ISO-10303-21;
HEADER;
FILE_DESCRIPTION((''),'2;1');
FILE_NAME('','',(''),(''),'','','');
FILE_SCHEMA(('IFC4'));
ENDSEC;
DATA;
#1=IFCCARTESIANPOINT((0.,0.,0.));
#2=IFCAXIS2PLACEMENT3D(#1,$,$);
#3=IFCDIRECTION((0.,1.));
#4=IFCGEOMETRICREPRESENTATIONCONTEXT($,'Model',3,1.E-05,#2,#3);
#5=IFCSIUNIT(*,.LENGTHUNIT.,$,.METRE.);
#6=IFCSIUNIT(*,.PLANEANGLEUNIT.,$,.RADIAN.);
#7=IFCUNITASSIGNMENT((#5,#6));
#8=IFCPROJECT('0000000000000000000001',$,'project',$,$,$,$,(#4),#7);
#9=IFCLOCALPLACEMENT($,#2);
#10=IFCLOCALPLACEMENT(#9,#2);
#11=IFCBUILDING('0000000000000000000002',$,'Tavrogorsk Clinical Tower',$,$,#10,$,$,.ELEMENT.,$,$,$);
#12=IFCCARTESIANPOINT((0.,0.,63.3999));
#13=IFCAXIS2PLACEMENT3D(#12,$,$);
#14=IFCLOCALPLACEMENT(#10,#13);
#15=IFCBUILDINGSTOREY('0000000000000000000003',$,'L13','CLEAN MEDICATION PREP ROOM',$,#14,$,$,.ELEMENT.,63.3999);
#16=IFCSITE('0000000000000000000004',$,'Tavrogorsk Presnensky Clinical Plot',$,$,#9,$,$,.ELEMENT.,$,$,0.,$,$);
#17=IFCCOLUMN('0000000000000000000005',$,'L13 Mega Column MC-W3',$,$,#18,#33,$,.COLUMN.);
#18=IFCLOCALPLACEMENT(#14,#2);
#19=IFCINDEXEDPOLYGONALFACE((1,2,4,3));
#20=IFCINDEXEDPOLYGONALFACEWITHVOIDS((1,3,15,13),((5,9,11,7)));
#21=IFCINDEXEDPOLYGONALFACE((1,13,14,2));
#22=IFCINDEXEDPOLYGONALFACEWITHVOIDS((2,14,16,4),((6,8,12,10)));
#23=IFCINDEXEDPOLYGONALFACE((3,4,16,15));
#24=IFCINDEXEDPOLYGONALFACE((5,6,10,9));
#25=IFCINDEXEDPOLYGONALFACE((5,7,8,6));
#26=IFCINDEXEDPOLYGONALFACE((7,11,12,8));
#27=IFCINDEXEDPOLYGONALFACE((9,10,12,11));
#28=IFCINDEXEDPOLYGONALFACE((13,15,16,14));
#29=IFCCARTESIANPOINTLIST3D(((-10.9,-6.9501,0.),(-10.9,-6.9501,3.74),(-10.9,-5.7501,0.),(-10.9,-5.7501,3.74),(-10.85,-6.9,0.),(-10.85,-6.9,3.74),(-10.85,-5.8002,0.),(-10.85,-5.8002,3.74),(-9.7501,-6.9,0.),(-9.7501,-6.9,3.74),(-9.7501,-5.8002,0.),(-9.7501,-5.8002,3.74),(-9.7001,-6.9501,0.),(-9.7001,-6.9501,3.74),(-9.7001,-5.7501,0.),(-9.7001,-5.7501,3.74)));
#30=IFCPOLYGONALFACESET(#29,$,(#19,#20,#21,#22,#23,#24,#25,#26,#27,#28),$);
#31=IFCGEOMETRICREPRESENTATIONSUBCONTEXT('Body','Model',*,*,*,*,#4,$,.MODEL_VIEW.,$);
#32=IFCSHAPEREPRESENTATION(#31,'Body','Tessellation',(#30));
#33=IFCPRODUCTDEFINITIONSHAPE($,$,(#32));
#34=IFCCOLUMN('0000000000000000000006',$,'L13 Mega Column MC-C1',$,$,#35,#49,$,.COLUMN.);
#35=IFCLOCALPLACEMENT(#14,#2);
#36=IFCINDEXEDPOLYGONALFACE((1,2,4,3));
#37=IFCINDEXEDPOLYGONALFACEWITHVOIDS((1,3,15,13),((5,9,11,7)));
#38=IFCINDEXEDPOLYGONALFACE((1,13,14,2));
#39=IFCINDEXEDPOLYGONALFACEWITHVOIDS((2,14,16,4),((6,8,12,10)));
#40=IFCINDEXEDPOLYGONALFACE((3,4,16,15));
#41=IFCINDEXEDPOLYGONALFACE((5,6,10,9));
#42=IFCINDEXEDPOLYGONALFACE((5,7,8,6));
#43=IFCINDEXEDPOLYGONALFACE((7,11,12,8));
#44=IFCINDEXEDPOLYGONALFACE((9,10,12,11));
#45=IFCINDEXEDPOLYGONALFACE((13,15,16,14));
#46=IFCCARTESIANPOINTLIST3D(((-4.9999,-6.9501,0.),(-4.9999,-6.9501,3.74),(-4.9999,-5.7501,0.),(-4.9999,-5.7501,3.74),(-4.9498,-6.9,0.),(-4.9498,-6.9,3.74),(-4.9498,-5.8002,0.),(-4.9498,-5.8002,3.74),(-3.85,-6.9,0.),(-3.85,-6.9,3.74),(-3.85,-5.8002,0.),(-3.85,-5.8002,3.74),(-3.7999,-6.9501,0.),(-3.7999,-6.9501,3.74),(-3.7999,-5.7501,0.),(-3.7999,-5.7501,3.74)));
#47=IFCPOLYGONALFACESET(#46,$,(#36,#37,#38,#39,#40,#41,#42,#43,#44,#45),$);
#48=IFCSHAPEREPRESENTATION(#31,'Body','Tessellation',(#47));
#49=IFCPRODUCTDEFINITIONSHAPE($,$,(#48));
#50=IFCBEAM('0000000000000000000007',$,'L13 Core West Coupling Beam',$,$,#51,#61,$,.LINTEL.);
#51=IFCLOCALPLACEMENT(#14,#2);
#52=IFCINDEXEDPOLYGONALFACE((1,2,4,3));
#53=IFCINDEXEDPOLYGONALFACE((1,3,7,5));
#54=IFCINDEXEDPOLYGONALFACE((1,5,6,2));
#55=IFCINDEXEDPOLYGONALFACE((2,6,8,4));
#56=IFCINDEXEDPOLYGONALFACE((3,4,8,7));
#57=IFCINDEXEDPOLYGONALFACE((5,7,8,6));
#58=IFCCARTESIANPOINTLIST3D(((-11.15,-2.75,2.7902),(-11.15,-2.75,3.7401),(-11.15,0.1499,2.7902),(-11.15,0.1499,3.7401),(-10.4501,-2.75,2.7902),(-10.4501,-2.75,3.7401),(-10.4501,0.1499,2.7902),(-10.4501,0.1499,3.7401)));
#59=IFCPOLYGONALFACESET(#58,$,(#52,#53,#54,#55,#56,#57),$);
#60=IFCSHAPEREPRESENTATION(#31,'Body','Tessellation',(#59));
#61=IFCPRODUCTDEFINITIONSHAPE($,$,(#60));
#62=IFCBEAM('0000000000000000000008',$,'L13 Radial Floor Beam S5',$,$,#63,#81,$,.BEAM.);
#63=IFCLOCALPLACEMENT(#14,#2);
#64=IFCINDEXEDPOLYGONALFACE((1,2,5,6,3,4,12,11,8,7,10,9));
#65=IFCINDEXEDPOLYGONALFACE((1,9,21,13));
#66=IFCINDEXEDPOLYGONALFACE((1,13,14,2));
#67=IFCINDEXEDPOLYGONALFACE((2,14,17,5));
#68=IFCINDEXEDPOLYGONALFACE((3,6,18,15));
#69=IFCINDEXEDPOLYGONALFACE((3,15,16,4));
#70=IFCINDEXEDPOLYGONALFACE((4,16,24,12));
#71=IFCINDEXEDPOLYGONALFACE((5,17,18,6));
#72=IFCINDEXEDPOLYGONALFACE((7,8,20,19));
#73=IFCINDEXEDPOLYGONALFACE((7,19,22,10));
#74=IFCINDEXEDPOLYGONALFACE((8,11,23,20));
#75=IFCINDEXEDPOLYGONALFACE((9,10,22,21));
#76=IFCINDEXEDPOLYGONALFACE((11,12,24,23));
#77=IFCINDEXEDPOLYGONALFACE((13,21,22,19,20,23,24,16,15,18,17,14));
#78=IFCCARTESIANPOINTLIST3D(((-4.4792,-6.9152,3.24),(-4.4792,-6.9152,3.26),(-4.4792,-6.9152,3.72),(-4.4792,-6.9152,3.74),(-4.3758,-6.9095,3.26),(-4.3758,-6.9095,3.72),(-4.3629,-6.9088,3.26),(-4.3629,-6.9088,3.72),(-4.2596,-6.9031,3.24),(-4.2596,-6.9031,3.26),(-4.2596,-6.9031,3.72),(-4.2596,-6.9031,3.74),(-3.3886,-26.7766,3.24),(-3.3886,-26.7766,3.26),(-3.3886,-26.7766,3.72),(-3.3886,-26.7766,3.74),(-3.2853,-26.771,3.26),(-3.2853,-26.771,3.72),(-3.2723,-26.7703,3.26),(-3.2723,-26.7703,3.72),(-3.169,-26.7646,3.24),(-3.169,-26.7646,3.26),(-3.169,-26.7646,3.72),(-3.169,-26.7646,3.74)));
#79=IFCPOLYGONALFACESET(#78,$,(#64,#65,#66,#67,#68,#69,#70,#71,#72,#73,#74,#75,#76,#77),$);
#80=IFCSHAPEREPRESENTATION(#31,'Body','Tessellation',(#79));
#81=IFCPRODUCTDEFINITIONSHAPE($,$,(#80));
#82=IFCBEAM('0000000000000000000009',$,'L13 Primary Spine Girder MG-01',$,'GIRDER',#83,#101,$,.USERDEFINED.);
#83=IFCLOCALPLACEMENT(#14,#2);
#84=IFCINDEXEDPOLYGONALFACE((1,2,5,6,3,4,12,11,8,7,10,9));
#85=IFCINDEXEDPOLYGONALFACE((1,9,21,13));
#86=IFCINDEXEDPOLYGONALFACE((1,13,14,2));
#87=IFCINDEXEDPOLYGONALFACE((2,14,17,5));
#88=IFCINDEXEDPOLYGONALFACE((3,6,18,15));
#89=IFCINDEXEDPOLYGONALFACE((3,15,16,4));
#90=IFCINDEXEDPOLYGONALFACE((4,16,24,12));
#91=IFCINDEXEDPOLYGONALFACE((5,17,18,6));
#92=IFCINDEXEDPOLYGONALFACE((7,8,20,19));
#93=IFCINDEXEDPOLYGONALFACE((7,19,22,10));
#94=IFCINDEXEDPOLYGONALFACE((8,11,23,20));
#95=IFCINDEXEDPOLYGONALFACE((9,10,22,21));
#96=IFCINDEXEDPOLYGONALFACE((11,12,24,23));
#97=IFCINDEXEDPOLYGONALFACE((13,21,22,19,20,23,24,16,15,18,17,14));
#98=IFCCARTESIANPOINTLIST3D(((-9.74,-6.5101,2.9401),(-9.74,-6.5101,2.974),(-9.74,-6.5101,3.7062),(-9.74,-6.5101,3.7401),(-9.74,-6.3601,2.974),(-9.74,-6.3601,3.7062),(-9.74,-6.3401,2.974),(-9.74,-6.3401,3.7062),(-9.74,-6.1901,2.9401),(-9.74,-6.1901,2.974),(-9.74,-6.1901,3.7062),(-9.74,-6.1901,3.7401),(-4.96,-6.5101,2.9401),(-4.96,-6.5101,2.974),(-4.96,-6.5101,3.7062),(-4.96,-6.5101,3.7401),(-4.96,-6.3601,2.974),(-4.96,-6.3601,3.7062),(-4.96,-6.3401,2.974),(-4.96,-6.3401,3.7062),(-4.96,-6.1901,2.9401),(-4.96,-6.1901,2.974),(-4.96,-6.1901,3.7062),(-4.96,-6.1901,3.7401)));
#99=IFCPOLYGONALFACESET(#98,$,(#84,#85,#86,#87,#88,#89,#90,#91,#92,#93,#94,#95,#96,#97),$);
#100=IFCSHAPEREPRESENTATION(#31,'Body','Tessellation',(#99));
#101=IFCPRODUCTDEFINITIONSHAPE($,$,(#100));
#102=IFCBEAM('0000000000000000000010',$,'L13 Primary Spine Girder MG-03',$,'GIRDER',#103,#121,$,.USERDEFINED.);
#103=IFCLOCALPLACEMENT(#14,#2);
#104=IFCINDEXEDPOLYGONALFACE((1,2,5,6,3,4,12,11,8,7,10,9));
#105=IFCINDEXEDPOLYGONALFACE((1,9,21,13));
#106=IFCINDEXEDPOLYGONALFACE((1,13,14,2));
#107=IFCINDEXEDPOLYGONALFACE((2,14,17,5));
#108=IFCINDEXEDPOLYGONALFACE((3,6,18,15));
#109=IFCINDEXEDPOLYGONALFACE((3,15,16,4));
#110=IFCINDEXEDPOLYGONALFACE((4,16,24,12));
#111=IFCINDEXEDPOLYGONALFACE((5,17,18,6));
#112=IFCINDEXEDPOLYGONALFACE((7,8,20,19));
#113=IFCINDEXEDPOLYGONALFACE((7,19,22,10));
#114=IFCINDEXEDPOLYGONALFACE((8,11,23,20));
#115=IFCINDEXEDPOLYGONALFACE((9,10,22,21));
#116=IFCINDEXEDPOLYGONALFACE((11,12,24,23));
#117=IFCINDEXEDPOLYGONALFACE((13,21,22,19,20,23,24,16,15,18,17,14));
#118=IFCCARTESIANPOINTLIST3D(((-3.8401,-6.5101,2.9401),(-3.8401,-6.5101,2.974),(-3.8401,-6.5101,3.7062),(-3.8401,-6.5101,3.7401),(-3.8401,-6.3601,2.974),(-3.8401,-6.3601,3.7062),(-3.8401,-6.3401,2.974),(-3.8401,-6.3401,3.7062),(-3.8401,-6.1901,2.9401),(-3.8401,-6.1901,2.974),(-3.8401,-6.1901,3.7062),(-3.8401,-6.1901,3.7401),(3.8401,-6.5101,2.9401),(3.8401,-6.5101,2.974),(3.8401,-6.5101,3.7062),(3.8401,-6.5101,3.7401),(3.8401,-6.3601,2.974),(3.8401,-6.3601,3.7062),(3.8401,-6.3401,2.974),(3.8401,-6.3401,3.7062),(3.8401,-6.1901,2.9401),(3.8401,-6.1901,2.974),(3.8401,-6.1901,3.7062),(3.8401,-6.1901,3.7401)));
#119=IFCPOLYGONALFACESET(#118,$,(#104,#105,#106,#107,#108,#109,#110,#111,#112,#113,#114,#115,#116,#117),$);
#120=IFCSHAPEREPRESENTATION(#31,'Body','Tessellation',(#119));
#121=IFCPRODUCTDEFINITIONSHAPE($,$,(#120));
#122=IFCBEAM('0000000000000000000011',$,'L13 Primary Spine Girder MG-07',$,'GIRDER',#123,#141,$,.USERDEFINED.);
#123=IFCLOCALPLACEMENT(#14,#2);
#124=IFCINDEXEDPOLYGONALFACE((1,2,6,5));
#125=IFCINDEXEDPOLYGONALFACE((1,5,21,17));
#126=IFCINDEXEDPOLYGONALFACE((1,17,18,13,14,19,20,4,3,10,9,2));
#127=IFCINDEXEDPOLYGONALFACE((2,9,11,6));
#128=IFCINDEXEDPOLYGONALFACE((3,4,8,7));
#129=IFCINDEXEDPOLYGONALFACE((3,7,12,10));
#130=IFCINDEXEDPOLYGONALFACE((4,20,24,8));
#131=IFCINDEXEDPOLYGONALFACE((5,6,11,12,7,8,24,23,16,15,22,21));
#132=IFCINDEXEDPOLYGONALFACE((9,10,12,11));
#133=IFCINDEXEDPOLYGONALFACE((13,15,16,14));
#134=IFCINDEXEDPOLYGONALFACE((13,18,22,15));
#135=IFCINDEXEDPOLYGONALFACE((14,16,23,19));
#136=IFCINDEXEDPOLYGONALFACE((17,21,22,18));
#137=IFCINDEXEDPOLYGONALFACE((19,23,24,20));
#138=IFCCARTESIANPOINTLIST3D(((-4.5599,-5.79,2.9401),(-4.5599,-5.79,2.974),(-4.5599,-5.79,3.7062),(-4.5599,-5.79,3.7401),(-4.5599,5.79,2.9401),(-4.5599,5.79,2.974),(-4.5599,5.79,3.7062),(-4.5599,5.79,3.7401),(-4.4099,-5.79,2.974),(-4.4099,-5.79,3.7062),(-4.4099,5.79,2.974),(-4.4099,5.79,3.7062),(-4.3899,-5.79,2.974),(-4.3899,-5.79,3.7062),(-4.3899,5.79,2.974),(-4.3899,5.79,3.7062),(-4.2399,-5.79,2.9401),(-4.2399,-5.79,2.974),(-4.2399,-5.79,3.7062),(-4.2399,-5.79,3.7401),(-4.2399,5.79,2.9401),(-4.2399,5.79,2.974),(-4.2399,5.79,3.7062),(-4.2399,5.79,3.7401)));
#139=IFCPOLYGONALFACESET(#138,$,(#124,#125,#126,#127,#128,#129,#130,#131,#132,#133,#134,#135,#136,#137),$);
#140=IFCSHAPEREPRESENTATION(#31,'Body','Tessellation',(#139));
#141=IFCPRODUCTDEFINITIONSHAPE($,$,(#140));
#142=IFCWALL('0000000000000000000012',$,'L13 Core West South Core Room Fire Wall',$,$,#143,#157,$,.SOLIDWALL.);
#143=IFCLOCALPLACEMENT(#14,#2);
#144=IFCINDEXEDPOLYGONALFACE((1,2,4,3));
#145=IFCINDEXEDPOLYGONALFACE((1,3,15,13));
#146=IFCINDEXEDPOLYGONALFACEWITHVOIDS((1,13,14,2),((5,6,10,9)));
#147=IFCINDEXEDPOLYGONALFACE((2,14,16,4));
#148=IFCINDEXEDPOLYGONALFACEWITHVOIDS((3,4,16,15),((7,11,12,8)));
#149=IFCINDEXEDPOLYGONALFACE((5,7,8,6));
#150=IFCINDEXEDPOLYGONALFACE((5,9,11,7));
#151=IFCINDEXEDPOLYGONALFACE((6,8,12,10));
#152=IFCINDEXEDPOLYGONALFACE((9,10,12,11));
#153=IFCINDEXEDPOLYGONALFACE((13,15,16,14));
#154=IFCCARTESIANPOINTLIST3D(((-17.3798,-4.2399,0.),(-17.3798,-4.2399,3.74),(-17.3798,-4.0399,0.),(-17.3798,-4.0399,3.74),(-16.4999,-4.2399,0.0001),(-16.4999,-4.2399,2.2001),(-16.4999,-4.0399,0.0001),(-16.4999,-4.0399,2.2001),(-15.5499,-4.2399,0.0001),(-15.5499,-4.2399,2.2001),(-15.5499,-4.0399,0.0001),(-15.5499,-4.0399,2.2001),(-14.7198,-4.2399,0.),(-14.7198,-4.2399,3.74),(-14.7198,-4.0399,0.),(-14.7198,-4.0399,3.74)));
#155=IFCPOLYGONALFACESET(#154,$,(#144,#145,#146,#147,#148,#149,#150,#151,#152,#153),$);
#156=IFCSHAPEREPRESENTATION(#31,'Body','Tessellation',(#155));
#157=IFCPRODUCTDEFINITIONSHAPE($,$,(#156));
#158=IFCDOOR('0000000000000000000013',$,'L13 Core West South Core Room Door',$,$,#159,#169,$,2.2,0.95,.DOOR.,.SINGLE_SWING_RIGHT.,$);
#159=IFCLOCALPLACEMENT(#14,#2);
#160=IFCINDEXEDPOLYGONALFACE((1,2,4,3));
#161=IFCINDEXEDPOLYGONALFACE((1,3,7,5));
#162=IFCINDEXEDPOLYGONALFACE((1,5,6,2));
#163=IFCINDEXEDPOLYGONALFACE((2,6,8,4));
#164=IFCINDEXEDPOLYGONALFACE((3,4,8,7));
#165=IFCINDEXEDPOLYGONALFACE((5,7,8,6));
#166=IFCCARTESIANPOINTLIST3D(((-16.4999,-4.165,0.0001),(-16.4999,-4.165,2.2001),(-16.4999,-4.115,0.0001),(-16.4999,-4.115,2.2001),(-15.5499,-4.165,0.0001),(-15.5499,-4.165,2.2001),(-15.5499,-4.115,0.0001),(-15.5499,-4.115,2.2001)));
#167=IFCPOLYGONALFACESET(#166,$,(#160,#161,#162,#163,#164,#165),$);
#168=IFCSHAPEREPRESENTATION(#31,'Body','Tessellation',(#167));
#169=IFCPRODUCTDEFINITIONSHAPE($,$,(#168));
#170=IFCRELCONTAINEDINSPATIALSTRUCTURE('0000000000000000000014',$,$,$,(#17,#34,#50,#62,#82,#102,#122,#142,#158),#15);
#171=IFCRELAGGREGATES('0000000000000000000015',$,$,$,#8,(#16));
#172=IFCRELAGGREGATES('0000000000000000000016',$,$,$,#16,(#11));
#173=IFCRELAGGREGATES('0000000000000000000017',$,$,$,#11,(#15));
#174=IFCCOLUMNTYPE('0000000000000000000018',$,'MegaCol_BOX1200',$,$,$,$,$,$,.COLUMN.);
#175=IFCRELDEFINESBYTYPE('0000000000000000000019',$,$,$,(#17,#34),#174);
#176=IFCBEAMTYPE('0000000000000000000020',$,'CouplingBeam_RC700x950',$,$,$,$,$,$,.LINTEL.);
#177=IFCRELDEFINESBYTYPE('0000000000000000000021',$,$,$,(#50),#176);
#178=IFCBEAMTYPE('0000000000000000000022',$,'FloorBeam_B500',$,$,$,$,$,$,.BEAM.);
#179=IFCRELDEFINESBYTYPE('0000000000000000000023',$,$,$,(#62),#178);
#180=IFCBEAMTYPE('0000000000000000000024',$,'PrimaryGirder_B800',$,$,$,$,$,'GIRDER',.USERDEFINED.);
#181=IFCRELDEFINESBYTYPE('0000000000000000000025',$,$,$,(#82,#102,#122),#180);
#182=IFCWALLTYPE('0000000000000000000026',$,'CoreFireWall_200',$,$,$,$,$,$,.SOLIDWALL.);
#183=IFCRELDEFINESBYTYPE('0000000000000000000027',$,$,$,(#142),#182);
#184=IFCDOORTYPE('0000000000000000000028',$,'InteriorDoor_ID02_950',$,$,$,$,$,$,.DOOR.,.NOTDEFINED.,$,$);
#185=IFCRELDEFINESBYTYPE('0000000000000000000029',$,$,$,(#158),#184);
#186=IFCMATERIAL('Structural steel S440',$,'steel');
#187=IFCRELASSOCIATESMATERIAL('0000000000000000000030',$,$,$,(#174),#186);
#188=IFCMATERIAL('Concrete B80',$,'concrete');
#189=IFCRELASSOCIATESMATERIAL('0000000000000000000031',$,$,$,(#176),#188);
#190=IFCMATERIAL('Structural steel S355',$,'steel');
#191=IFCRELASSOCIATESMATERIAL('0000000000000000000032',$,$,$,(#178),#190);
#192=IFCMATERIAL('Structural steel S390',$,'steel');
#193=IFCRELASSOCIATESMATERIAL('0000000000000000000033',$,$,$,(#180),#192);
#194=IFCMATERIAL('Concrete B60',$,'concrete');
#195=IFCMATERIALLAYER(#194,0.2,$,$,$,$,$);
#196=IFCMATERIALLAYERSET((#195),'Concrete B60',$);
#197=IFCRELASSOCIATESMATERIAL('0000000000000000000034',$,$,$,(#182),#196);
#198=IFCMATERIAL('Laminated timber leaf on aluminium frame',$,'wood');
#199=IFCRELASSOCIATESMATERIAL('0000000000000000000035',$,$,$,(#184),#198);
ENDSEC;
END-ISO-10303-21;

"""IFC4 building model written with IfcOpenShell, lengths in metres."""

from ifc_helpers import new_model, si_unit, direction, frame, frame_2d, origin, origin_2d, place, context, subcontext, project, spatial, rectangle, hollow_rectangle, i_section, extrude, material, layer, layer_set, material_profile, profile_set, type_object, element, fill, save


model = new_model("IFC4")

# Units and contexts
model_context = context("Model", 3, precision=1e-05, world=origin(), true_north=direction((0.0, 1.0)))
body_context = subcontext(model_context, "Body", "Model", "MODEL_VIEW")
ifc_project = project(units=[si_unit("LENGTHUNIT", "METRE"), si_unit("PLANEANGLEUNIT", "RADIAN")], contexts=[model_context])

# Site, building, storey
site_placement = place(None, origin())
site = spatial("IfcSite", under=ifc_project, at=site_placement, Name="Tavrogorsk Presnensky Clinical Plot", CompositionType="ELEMENT", RefElevation=0.0)
building_placement = place(site_placement, origin())
building = spatial("IfcBuilding", under=site, at=building_placement, Name="Tavrogorsk Clinical Tower", CompositionType="ELEMENT")
storey_placement = place(building_placement, frame((0.0, 0.0, 63.3999)))
storey = spatial("IfcBuildingStorey", under=building, at=storey_placement, Name="L13", Description="CLEAN MEDICATION PREP ROOM", CompositionType="ELEMENT", Elevation=63.3999)

# Columns
ifc_material_1 = material(Name="Structural steel S440", Category="steel")
ifc_material_profile_1 = material_profile(ifc_material_1, hollow_rectangle(XDim=1.2, YDim=1.2, WallThickness=0.05, at=origin_2d()), Name="BOX-1200x1200x50")
ifc_profile_set_1 = profile_set([ifc_material_profile_1], Name="Structural steel S440")
column_type = type_object("IfcColumnType", Name="MegaCol_BOX1200", PredefinedType="COLUMN", material=ifc_profile_set_1)
for number, where, z_axis, x_axis, name in (
    (1, (-10.3, -6.3501, 0.0), (0.0, 0.0, 1.0), (1.0, 0.0, 0.0), "L13 Mega Column MC-W3"),
    (2, (-4.3999, -6.3501, 0.0), (0.0, 0.0, 1.0), (1.0, 0.0, 0.0), "L13 Mega Column MC-C1"),
):
    element("IfcColumn", number, at=place(storey_placement, frame(where, z_axis=z_axis, x_axis=x_axis)), inside=storey, type_object=column_type, Name=name, PredefinedType="COLUMN", context=body_context, shape_type="SweptSolid", body=[
        extrude(hollow_rectangle(XDim=1.2, YDim=1.2, WallThickness=0.05, at=origin_2d()), origin(), (0.0, 0.0, 1.0), 3.74),
    ])

# Beams
ifc_material_2 = material(Name="Concrete B80", Category="concrete")
ifc_material_profile_2 = material_profile(ifc_material_2, rectangle(XDim=0.7, YDim=0.95, at=origin_2d()), Name="RC-CB-700x950")
ifc_profile_set_2 = profile_set([ifc_material_profile_2], Name="Concrete B80")
beam_type_1 = type_object("IfcBeamType", Name="CouplingBeam_RC700x950", PredefinedType="LINTEL", material=ifc_profile_set_2)
beam_1_placement = place(storey_placement, frame((-10.8, -2.75, 3.2651), z_axis=(0.0, 1.0, 0.0), x_axis=(-1.0, 0.0, 0.0)))
element("IfcBeam", 3, at=beam_1_placement, inside=storey, type_object=beam_type_1, Name="L13 Core West Coupling Beam", PredefinedType="LINTEL", context=body_context, shape_type="SweptSolid", body=[
    extrude(rectangle(XDim=0.7, YDim=0.95, at=origin_2d()), origin(), (0.0, 0.0, 1.0), 2.8999),
])
ifc_material_3 = material(Name="Structural steel S355", Category="steel")
ifc_material_profile_3 = material_profile(ifc_material_3, i_section(OverallWidth=0.22, OverallDepth=0.5, WebThickness=0.0129, FlangeThickness=0.02, at=origin_2d()), Name="B-500x220x13x20")
ifc_profile_set_3 = profile_set([ifc_material_profile_3], Name="Structural steel S355")
beam_type_2 = type_object("IfcBeamType", Name="FloorBeam_B500", PredefinedType="BEAM", material=ifc_profile_set_3)
beam_2_placement = place(storey_placement, frame((-4.3694, -6.9092, 3.49), z_axis=(0.054827, -0.998496, 0.0), x_axis=(0.998496, 0.054827, 0.0)))
element("IfcBeam", 4, at=beam_2_placement, inside=storey, type_object=beam_type_2, Name="L13 Radial Floor Beam S5", PredefinedType="BEAM", context=body_context, shape_type="SweptSolid", body=[
    extrude(i_section(OverallWidth=0.22, OverallDepth=0.5, WebThickness=0.0129, FlangeThickness=0.02, at=origin_2d()), origin(), (0.0, 0.0, 1.0), 19.8914),
])
ifc_material_4 = material(Name="Structural steel S390", Category="steel")
ifc_material_profile_4 = material_profile(ifc_material_4, i_section(OverallWidth=0.3201, OverallDepth=0.8, WebThickness=0.02, FlangeThickness=0.0339, at=origin_2d()), Name="B-800x320x20x34")
ifc_profile_set_4 = profile_set([ifc_material_profile_4], Name="Structural steel S390")
beam_type_3 = type_object("IfcBeamType", Name="PrimaryGirder_B800", ElementType="GIRDER", PredefinedType="USERDEFINED", material=ifc_profile_set_4)
beam_3_placement = place(storey_placement, frame((-9.74, -6.3501, 3.3401), z_axis=(1.0, 0.0, 0.0), x_axis=(0.0, 1.0, 0.0)))
element("IfcBeam", 5, at=beam_3_placement, inside=storey, type_object=beam_type_3, Name="L13 Primary Spine Girder MG-01", ObjectType="GIRDER", PredefinedType="USERDEFINED", context=body_context, shape_type="SweptSolid", body=[
    extrude(i_section(OverallWidth=0.3201, OverallDepth=0.8, WebThickness=0.02, FlangeThickness=0.0339, at=origin_2d()), origin(), (0.0, 0.0, 1.0), 4.78),
])
beam_4_placement = place(storey_placement, frame((-3.8401, -6.3501, 3.3401), z_axis=(1.0, 0.0, 0.0), x_axis=(0.0, 1.0, 0.0)))
element("IfcBeam", 6, at=beam_4_placement, inside=storey, type_object=beam_type_3, Name="L13 Primary Spine Girder MG-03", ObjectType="GIRDER", PredefinedType="USERDEFINED", context=body_context, shape_type="SweptSolid", body=[
    extrude(i_section(OverallWidth=0.3201, OverallDepth=0.8, WebThickness=0.02, FlangeThickness=0.0339, at=origin_2d()), origin(), (0.0, 0.0, 1.0), 7.6802),
])
beam_5_placement = place(storey_placement, frame((-4.3999, -5.79, 3.3401), z_axis=(0.0, 1.0, 0.0), x_axis=(-1.0, 0.0, 0.0)))
element("IfcBeam", 7, at=beam_5_placement, inside=storey, type_object=beam_type_3, Name="L13 Primary Spine Girder MG-07", ObjectType="GIRDER", PredefinedType="USERDEFINED", context=body_context, shape_type="SweptSolid", body=[
    extrude(i_section(OverallWidth=0.3201, OverallDepth=0.8, WebThickness=0.02, FlangeThickness=0.0339, at=origin_2d()), origin(), (0.0, 0.0, 1.0), 11.5801),
])

# Wall, opening, door
ifc_material_5 = material(Name="Concrete B60", Category="concrete")
ifc_layer_1 = layer(ifc_material_5, 0.2)
ifc_layer_set_1 = layer_set([ifc_layer_1], Name="Concrete B60")
wall_type_1 = type_object("IfcWallType", Name="CoreFireWall_200", PredefinedType="SOLIDWALL", material=ifc_layer_set_1)
wall_1_placement = place(storey_placement, frame((-17.3799, -4.1399, 0.0), z_axis=(0.0, 0.0, 1.0), x_axis=(1.0, 0.0, 0.0)))
wall_1 = element("IfcWall", 8, at=wall_1_placement, inside=storey, type_object=wall_type_1, Name="L13 Core West South Core Room Fire Wall", PredefinedType="SOLIDWALL", context=body_context, shape_type="SweptSolid", body=[
    extrude(rectangle(XDim=2.6599, YDim=0.2, at=frame_2d((1.3301, 0.0))), origin(), (0.0, 0.0, 1.0), 3.74),
])
opening_1_placement = place(wall_1_placement, frame((0.8799, 0.0, 0.0)))
opening_1 = element("IfcOpeningElement", 9, at=opening_1_placement, cuts=wall_1, PredefinedType="OPENING", context=body_context, shape_type="SweptSolid", body=[
    extrude(rectangle(XDim=0.95, YDim=2.2, at=frame_2d((0.4751, 1.1001))), frame((0.0, 0.1099, 0.0), z_axis=(0.0, -1.0, 0.0), x_axis=(1.0, 0.0, 0.0)), (0.0, 0.0, 1.0), 0.22),
])
ifc_material_6 = material(Name="Laminated timber leaf on aluminium frame", Category="wood")
door_type_1 = type_object("IfcDoorType", Name="InteriorDoor_ID02_950", OperationType="NOTDEFINED", PredefinedType="DOOR", material=ifc_material_6)
door_1_placement = place(opening_1_placement, origin())
door_1 = element("IfcDoor", 10, at=door_1_placement, inside=storey, type_object=door_type_1, Name="L13 Core West South Core Room Door", OperationType="SINGLE_SWING_RIGHT", OverallHeight=2.2, OverallWidth=0.95, PredefinedType="DOOR", context=body_context, shape_type="SweptSolid", body=[
    extrude(rectangle(XDim=0.95, YDim=2.2, at=frame_2d((0.4751, 1.1001))), frame((0.0, 0.0249, 0.0), z_axis=(0.0, -1.0, 0.0), x_axis=(1.0, 0.0, 0.0)), (0.0, 0.0, 1.0), 0.05),
])
fill(opening_1, door_1)

save(model, "model.ifc")
